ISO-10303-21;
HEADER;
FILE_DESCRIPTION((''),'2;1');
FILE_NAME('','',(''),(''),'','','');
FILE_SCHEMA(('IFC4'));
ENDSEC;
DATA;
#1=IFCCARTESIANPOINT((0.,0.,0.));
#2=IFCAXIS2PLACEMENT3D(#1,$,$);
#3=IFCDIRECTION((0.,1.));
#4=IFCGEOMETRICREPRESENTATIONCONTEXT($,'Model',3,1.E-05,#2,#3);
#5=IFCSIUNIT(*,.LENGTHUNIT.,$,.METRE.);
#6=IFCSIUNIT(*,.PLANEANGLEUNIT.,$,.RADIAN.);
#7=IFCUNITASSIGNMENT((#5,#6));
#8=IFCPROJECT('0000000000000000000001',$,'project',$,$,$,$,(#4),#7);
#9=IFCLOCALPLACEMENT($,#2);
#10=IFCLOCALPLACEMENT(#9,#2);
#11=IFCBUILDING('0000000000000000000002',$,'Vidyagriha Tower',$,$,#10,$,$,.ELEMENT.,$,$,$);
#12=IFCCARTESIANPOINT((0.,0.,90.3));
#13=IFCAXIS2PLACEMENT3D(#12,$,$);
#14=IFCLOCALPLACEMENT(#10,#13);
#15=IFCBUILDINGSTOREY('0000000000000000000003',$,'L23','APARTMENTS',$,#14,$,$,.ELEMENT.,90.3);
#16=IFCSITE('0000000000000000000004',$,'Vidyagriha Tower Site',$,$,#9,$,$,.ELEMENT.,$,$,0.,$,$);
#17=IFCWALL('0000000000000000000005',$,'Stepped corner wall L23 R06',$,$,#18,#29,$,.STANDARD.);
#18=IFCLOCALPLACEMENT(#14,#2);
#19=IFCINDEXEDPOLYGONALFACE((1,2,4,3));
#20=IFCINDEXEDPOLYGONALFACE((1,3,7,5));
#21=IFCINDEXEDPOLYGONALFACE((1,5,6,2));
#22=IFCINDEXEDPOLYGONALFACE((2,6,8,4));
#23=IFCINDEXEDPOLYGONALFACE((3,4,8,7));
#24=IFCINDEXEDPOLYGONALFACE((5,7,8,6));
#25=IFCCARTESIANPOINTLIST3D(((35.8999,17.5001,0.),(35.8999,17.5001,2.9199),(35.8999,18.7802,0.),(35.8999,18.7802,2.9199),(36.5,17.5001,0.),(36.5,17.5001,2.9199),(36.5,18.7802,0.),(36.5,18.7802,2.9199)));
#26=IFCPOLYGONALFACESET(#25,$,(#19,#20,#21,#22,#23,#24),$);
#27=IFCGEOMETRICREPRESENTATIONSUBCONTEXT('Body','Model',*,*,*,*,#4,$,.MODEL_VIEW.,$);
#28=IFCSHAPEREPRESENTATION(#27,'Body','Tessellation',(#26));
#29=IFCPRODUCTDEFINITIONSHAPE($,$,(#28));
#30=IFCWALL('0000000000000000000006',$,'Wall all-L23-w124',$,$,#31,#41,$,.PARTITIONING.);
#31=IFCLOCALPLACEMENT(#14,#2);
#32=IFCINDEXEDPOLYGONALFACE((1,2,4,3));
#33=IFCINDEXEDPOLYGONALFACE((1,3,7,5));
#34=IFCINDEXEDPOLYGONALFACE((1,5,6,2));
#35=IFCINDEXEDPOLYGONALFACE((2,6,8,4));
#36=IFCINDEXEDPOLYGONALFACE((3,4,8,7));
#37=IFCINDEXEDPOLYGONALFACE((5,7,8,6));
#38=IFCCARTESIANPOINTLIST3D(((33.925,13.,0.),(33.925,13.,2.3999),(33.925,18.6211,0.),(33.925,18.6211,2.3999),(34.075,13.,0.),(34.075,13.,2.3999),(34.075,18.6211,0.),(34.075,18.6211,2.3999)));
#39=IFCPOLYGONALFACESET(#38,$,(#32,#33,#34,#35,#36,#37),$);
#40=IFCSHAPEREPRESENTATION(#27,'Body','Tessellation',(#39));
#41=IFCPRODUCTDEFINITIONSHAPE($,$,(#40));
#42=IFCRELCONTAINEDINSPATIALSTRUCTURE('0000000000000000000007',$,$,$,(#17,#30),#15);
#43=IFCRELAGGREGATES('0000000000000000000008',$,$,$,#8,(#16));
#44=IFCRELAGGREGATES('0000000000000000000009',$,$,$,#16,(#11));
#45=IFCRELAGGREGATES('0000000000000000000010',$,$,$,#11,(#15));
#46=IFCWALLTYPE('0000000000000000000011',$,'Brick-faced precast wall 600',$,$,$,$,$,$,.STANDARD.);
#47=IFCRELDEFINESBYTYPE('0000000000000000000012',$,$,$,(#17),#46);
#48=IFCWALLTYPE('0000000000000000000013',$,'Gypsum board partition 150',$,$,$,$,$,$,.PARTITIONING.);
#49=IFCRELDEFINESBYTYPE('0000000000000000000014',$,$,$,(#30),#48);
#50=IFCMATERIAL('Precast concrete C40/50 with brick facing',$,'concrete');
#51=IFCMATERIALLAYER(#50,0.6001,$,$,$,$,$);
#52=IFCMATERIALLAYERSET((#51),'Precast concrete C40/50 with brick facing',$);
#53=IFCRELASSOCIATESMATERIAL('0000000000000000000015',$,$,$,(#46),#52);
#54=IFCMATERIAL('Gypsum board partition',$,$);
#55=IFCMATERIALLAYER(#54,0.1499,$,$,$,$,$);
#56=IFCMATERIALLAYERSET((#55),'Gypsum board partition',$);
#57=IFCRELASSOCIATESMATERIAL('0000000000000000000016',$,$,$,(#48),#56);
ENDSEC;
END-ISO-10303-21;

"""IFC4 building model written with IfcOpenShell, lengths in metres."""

from ifc_helpers import new_model, si_unit, direction, frame, frame_2d, origin, place, context, subcontext, project, spatial, rectangle, extrude, material, layer, layer_set, type_object, element, save


model = new_model("IFC4")

# Units and contexts
model_context = context("Model", 3, precision=1e-05, world=origin(), true_north=direction((0.0, 1.0)))
body_context = subcontext(model_context, "Body", "Model", "MODEL_VIEW")
ifc_project = project(units=[si_unit("LENGTHUNIT", "METRE"), si_unit("PLANEANGLEUNIT", "RADIAN")], contexts=[model_context])

# Site, building, storey
site_placement = place(None, origin())
site = spatial("IfcSite", under=ifc_project, at=site_placement, Name="Vidyagriha Tower Site", CompositionType="ELEMENT", RefElevation=0.0)
building_placement = place(site_placement, origin())
building = spatial("IfcBuilding", under=site, at=building_placement, Name="Vidyagriha Tower", CompositionType="ELEMENT")
storey_placement = place(building_placement, frame((0.0, 0.0, 90.3)))
storey = spatial("IfcBuildingStorey", under=building, at=storey_placement, Name="L23", Description="APARTMENTS", CompositionType="ELEMENT", Elevation=90.3)

# Shared definitions
ifc_material_1 = material(Name="Precast concrete C40/50 with brick facing", Category="concrete")
ifc_layer_1 = layer(ifc_material_1, 0.6001)
ifc_layer_set_1 = layer_set([ifc_layer_1], Name="Precast concrete C40/50 with brick facing")
wall_type_1 = type_object("IfcWallType", Name="Brick-faced precast wall 600", PredefinedType="STANDARD", material=ifc_layer_set_1)

# Walls
wall_1_placement = place(storey_placement, frame((36.2, 17.5, 0.0), z_axis=(0.0, 0.0, 1.0), x_axis=(0.0, 1.0, 0.0)))
element("IfcWall", 1, at=wall_1_placement, inside=storey, type_object=wall_type_1, Name="Stepped corner wall L23 R06", PredefinedType="STANDARD", context=body_context, shape_type="SweptSolid", body=[
    extrude(rectangle(XDim=1.28, YDim=0.6001, at=frame_2d((0.6401, 0.0))), origin(), (0.0, 0.0, 1.0), 2.9199),
])
ifc_material_2 = material(Name="Gypsum board partition")
ifc_layer_2 = layer(ifc_material_2, 0.1499)
ifc_layer_set_2 = layer_set([ifc_layer_2], Name="Gypsum board partition")
wall_type_2 = type_object("IfcWallType", Name="Gypsum board partition 150", PredefinedType="PARTITIONING", material=ifc_layer_set_2)
wall_2_placement = place(storey_placement, frame((34.0, 18.6211, 0.0), z_axis=(0.0, 0.0, 1.0), x_axis=(0.0, -1.0, 0.0)))
element("IfcWall", 2, at=wall_2_placement, inside=storey, type_object=wall_type_2, Name="Wall all-L23-w124", PredefinedType="PARTITIONING", context=body_context, shape_type="SweptSolid", body=[
    extrude(rectangle(XDim=5.6211, YDim=0.1499, at=frame_2d((2.8105, 0.0))), origin(), (0.0, 0.0, 1.0), 2.3999),
])

save(model, "model.ifc")
